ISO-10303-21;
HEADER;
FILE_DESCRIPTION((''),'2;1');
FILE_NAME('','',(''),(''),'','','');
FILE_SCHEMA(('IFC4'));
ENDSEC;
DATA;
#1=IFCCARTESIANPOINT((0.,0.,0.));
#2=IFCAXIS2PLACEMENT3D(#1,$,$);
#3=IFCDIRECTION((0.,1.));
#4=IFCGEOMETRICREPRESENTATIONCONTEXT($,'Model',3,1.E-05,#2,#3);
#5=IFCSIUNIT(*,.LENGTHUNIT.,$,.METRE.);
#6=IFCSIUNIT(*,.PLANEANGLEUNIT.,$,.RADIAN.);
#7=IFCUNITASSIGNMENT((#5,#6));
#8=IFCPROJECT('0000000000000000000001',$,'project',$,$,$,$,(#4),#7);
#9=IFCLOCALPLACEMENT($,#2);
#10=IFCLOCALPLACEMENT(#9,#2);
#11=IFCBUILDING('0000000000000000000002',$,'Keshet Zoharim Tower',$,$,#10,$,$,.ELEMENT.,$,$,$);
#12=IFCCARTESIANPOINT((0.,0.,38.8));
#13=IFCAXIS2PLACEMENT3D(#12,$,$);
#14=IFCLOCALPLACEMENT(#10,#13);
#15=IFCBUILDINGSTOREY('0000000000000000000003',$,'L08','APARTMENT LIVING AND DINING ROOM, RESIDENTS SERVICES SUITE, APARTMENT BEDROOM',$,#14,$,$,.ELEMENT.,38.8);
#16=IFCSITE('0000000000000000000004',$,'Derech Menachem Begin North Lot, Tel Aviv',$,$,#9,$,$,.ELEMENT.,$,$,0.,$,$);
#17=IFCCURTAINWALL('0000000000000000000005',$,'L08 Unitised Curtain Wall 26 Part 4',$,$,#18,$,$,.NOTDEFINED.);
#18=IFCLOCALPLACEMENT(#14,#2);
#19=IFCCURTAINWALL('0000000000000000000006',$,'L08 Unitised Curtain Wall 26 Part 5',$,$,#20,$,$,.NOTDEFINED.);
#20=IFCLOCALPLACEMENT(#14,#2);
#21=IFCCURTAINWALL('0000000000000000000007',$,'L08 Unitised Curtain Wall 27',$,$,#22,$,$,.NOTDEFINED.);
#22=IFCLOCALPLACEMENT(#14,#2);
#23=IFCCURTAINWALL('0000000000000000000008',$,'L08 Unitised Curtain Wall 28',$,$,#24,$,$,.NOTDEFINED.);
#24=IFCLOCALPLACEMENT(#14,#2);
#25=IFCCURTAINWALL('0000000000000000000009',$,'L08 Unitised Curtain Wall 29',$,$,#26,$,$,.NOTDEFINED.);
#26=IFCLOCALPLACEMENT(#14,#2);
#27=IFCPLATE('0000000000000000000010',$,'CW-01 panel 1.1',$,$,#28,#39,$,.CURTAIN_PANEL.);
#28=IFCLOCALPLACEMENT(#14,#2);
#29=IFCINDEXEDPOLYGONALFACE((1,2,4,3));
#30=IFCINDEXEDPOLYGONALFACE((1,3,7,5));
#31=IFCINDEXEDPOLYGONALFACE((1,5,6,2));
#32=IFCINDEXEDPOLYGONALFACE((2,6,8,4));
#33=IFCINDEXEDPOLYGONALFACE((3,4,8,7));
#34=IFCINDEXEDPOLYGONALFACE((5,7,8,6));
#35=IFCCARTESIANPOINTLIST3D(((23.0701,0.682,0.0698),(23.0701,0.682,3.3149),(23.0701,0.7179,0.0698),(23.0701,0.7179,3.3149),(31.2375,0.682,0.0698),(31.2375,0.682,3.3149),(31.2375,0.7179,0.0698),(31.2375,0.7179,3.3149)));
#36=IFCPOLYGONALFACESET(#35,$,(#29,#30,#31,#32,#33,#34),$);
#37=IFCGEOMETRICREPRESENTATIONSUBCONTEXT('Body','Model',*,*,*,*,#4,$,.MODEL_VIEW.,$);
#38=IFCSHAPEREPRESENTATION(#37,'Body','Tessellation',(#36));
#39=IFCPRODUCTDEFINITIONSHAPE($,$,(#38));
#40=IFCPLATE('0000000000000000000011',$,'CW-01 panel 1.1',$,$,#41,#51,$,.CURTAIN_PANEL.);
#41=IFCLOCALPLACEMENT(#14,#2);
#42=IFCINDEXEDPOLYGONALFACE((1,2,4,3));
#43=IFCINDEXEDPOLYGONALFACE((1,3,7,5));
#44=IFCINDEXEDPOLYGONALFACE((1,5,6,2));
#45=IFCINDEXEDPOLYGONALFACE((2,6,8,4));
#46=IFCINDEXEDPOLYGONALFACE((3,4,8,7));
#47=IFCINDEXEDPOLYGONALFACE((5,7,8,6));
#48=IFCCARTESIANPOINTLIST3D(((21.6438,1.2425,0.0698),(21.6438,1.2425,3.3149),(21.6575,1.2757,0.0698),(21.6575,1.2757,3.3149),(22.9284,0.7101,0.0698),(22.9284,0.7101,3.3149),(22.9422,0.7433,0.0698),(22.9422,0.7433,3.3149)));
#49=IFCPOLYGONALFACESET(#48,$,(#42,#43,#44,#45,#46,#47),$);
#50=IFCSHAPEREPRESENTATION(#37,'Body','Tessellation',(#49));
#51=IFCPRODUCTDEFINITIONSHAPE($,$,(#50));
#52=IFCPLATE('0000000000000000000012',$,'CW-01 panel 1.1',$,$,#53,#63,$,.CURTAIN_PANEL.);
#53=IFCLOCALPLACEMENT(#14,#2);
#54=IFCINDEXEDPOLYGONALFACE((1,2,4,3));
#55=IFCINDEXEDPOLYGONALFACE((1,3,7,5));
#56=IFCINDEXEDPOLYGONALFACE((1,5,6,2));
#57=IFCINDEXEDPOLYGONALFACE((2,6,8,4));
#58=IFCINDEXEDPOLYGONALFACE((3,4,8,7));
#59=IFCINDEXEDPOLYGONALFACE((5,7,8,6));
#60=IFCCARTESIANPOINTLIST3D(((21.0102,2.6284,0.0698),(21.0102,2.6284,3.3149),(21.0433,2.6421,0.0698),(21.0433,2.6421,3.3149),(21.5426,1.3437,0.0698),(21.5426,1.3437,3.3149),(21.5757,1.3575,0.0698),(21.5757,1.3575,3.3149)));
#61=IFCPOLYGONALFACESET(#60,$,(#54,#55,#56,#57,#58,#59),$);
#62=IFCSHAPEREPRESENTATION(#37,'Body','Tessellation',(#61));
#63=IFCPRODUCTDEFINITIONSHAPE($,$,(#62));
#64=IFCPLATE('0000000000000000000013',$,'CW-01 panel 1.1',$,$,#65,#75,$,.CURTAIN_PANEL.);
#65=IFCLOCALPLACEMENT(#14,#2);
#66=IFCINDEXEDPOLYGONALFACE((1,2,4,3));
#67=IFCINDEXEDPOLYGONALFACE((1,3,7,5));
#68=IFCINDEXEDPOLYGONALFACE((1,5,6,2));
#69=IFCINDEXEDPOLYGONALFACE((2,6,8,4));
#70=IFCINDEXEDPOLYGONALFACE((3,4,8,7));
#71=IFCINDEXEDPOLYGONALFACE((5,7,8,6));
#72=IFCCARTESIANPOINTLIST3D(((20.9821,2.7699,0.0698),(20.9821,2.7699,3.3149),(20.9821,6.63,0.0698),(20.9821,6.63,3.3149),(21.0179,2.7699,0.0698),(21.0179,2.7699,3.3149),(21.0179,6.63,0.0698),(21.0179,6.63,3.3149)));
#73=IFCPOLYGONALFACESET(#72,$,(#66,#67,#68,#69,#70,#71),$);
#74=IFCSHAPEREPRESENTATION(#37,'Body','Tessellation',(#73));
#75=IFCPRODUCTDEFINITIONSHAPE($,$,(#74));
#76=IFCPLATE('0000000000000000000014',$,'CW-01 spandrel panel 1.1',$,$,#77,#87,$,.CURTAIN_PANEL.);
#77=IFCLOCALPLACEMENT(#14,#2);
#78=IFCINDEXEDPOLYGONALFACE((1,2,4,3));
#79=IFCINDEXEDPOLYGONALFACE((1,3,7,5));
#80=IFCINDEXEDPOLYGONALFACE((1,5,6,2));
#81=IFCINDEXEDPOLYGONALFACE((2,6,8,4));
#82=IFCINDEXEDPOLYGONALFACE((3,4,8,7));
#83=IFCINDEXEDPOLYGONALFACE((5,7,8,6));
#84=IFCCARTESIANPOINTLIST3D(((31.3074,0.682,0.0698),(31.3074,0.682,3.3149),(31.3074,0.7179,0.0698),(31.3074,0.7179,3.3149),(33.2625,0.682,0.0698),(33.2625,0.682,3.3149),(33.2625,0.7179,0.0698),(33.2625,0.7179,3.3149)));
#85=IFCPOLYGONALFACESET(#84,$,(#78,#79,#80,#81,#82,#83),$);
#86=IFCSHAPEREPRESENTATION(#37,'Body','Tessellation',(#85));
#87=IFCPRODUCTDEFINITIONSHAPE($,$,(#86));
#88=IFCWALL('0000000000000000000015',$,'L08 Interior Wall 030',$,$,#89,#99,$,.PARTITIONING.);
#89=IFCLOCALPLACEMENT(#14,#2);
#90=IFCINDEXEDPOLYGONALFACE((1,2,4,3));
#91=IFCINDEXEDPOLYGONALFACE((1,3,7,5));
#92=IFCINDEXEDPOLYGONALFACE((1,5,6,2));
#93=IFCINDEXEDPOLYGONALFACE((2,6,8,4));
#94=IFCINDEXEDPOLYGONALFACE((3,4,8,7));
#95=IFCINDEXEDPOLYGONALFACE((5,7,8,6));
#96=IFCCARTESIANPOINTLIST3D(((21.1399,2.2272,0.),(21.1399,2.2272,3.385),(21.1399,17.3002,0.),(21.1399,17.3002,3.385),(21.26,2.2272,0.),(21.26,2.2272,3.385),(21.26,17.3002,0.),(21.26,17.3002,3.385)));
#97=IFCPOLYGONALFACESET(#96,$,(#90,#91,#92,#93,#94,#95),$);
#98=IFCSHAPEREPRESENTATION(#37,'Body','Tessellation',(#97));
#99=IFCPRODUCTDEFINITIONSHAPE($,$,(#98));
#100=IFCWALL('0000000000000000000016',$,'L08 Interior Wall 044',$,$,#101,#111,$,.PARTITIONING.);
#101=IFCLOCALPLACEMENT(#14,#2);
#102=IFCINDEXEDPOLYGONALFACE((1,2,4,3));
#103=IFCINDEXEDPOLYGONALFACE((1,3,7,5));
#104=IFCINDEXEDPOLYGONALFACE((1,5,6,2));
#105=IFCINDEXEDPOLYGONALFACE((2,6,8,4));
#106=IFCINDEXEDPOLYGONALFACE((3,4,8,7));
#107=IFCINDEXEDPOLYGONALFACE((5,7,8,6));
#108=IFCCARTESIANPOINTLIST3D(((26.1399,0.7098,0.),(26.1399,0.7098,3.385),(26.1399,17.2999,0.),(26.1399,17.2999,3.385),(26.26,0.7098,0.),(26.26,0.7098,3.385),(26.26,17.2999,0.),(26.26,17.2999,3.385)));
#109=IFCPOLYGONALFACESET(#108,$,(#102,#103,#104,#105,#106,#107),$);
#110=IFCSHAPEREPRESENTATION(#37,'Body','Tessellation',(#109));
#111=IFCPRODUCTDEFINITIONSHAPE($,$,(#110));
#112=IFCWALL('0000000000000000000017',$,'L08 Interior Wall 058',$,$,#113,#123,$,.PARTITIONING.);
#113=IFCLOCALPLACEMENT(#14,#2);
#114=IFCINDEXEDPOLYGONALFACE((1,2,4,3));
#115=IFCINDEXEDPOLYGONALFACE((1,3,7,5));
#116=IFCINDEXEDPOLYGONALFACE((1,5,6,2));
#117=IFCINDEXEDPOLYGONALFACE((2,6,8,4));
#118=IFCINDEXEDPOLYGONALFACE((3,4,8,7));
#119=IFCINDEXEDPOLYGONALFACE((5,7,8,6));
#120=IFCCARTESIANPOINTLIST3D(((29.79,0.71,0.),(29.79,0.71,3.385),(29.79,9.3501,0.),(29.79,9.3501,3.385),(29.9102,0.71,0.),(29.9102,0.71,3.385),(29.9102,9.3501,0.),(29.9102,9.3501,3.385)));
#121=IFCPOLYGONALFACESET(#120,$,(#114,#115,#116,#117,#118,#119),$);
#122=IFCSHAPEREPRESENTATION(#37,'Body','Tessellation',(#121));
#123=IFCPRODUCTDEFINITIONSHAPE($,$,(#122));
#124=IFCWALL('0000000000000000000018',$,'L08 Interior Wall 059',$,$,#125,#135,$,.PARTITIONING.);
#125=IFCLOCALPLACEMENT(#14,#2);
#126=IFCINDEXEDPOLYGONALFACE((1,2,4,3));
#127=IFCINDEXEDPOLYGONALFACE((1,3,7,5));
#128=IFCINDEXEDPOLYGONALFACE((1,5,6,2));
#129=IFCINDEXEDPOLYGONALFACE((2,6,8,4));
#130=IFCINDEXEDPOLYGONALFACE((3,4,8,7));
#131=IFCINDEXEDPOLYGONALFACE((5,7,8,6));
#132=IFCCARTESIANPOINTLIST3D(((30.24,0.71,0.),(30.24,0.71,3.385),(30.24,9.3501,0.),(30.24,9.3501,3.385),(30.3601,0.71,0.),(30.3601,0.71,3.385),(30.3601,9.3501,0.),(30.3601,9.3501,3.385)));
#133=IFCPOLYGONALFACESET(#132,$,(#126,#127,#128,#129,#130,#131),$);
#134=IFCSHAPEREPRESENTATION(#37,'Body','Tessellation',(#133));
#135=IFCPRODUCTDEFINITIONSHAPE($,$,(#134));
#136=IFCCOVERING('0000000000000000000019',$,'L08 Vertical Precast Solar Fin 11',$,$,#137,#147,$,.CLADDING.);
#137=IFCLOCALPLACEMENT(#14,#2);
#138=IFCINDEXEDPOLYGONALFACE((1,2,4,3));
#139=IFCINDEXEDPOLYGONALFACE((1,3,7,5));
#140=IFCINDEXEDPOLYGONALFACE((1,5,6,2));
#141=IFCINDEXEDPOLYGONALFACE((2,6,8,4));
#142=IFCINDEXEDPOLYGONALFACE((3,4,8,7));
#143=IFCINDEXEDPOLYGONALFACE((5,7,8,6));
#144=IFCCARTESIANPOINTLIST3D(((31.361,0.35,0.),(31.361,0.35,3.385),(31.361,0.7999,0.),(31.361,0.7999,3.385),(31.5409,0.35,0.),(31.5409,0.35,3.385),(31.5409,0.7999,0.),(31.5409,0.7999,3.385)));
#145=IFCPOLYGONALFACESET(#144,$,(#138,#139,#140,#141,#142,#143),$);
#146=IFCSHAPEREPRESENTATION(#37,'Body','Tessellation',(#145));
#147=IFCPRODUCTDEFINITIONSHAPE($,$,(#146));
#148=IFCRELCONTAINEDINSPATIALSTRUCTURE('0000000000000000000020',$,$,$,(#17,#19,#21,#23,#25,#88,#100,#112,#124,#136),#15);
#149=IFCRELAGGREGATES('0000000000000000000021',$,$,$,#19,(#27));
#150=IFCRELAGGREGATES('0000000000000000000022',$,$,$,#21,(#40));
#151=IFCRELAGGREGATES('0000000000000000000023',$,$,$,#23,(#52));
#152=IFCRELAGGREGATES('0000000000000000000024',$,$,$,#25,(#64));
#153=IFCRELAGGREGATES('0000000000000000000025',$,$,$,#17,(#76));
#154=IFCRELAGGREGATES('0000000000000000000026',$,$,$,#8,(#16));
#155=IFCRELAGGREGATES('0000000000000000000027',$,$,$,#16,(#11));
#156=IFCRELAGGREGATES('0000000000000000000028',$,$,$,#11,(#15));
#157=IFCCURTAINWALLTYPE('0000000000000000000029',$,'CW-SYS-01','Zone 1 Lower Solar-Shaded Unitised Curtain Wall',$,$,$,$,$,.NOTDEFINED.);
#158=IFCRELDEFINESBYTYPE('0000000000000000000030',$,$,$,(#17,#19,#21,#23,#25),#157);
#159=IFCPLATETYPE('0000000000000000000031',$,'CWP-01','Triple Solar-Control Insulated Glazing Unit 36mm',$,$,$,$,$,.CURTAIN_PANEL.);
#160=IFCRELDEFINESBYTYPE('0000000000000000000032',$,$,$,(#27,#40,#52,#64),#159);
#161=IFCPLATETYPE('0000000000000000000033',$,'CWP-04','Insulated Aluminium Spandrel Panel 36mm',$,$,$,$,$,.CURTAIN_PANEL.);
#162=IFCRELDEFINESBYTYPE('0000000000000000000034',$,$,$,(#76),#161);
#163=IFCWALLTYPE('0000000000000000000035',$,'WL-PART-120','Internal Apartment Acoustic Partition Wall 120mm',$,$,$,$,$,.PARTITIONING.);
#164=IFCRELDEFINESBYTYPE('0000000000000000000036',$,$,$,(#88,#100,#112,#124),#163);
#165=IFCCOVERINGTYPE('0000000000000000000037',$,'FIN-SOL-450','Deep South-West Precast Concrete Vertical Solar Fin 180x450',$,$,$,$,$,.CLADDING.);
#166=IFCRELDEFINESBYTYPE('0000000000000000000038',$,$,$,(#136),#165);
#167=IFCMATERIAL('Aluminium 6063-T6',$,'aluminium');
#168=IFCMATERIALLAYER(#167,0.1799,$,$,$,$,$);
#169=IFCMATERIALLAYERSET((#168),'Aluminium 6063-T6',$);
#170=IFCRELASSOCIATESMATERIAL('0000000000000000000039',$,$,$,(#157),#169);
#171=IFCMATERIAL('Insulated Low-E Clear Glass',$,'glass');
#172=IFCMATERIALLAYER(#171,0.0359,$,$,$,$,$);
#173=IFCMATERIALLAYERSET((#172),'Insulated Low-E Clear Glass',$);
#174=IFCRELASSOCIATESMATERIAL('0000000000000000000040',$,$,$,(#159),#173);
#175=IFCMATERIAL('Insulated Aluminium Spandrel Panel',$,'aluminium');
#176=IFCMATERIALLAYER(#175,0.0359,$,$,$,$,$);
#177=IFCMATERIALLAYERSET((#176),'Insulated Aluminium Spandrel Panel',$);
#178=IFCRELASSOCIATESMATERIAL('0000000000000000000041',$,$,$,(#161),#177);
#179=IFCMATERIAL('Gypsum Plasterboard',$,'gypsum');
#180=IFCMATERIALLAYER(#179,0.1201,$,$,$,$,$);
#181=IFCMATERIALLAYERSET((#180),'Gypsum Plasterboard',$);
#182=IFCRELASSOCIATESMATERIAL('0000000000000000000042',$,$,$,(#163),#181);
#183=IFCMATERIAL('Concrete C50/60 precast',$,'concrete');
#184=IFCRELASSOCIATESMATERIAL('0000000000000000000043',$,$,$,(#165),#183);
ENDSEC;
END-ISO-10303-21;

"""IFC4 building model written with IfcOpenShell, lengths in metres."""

from ifc_helpers import new_model, si_unit, direction, frame, frame_2d, origin, origin_2d, place, context, subcontext, project, spatial, rectangle, extrude, material, layer, layer_set, type_object, element, aggregate, save


model = new_model("IFC4")

# Units and contexts
model_context = context("Model", 3, precision=1e-05, world=origin(), true_north=direction((0.0, 1.0)))
body_context = subcontext(model_context, "Body", "Model", "MODEL_VIEW")
ifc_project = project(units=[si_unit("LENGTHUNIT", "METRE"), si_unit("PLANEANGLEUNIT", "RADIAN")], contexts=[model_context])

# Site, building, storey
site_placement = place(None, origin())
site = spatial("IfcSite", under=ifc_project, at=site_placement, Name="Derech Menachem Begin North Lot, Tel Aviv", CompositionType="ELEMENT", RefElevation=0.0)
building_placement = place(site_placement, origin())
building = spatial("IfcBuilding", under=site, at=building_placement, Name="Keshet Zoharim Tower", CompositionType="ELEMENT")
storey_placement = place(building_placement, frame((0.0, 0.0, 38.8)))
storey = spatial("IfcBuildingStorey", under=building, at=storey_placement, Name="L08", Description="APARTMENT LIVING AND DINING ROOM, RESIDENTS SERVICES SUITE, APARTMENT BEDROOM", CompositionType="ELEMENT", Elevation=38.8)

# Curtain walls
ifc_material_1 = material(Name="Aluminium 6063-T6", Category="aluminium")
ifc_layer_1 = layer(ifc_material_1, 0.1799)
ifc_layer_set_1 = layer_set([ifc_layer_1], Name="Aluminium 6063-T6")
curtain_wall_type = type_object("IfcCurtainWallType", Name="CW-SYS-01", Description="Zone 1 Lower Solar-Shaded Unitised Curtain Wall", PredefinedType="NOTDEFINED", material=ifc_layer_set_1)
curtain_wall_1_placement = place(storey_placement, origin())
curtain_wall_1 = element("IfcCurtainWall", 1, at=curtain_wall_1_placement, inside=storey, type_object=curtain_wall_type, Name="L08 Unitised Curtain Wall 26 Part 4", PredefinedType="NOTDEFINED")
curtain_wall_2_placement = place(storey_placement, origin())
curtain_wall_2 = element("IfcCurtainWall", 2, at=curtain_wall_2_placement, inside=storey, type_object=curtain_wall_type, Name="L08 Unitised Curtain Wall 26 Part 5", PredefinedType="NOTDEFINED")

# Curtain walls
curtain_wall_3_placement = place(storey_placement, origin())
curtain_wall_3 = element("IfcCurtainWall", 3, at=curtain_wall_3_placement, inside=storey, type_object=curtain_wall_type, Name="L08 Unitised Curtain Wall 27", PredefinedType="NOTDEFINED")
curtain_wall_4_placement = place(storey_placement, origin())
curtain_wall_4 = element("IfcCurtainWall", 4, at=curtain_wall_4_placement, inside=storey, type_object=curtain_wall_type, Name="L08 Unitised Curtain Wall 28", PredefinedType="NOTDEFINED")
curtain_wall_5_placement = place(storey_placement, origin())
curtain_wall_5 = element("IfcCurtainWall", 5, at=curtain_wall_5_placement, inside=storey, type_object=curtain_wall_type, Name="L08 Unitised Curtain Wall 29", PredefinedType="NOTDEFINED")

# Plates
ifc_material_2 = material(Name="Insulated Low-E Clear Glass", Category="glass")
ifc_layer_2 = layer(ifc_material_2, 0.0359)
ifc_layer_set_2 = layer_set([ifc_layer_2], Name="Insulated Low-E Clear Glass")
plate_type_1 = type_object("IfcPlateType", Name="CWP-01", Description="Triple Solar-Control Insulated Glazing Unit 36mm", PredefinedType="CURTAIN_PANEL", material=ifc_layer_set_2)
plate_1_placement = place(storey_placement, frame((27.1538, 0.7, 0.0698), z_axis=(0.0, 0.0, 1.0), x_axis=(-1.0, 0.0, 0.0)))
plate_1 = element("IfcPlate", 6, at=plate_1_placement, type_object=plate_type_1, Name="CW-01 panel 1.1", PredefinedType="CURTAIN_PANEL", context=body_context, shape_type="SweptSolid", body=[
    extrude(rectangle(XDim=8.1675, YDim=0.0359, at=origin_2d()), origin(), (0.0, 0.0, 1.0), 3.2451),
])
aggregate(curtain_wall_2, [plate_1])
plate_2_placement = place(storey_placement, frame((22.293, 0.9929, 0.0698), z_axis=(0.0, 0.0, 1.0), x_axis=(-0.92381, 0.382852, 0.0)))
plate_2 = element("IfcPlate", 7, at=plate_2_placement, type_object=plate_type_1, Name="CW-01 panel 1.1", PredefinedType="CURTAIN_PANEL", context=body_context, shape_type="SweptSolid", body=[
    extrude(rectangle(XDim=1.3906, YDim=0.0359, at=origin_2d()), origin(), (0.0, 0.0, 1.0), 3.2451),
])
aggregate(curtain_wall_3, [plate_2])
plate_3_placement = place(storey_placement, frame((21.293, 1.9929, 0.0698), z_axis=(0.0, 0.0, 1.0), x_axis=(-0.382852, 0.92381, 0.0)))
plate_3 = element("IfcPlate", 8, at=plate_3_placement, type_object=plate_type_1, Name="CW-01 panel 1.1", PredefinedType="CURTAIN_PANEL", context=body_context, shape_type="SweptSolid", body=[
    extrude(rectangle(XDim=1.3906, YDim=0.0359, at=origin_2d()), origin(), (0.0, 0.0, 1.0), 3.2451),
])
aggregate(curtain_wall_4, [plate_3])
plate_4_placement = place(storey_placement, frame((21.0, 4.7, 0.0698), z_axis=(0.0, 0.0, 1.0), x_axis=(0.0, 1.0, 0.0)))
plate_4 = element("IfcPlate", 9, at=plate_4_placement, type_object=plate_type_1, Name="CW-01 panel 1.1", PredefinedType="CURTAIN_PANEL", context=body_context, shape_type="SweptSolid", body=[
    extrude(rectangle(XDim=3.8601, YDim=0.0359, at=origin_2d()), origin(), (0.0, 0.0, 1.0), 3.2451),
])
aggregate(curtain_wall_5, [plate_4])
ifc_material_3 = material(Name="Insulated Aluminium Spandrel Panel", Category="aluminium")
ifc_layer_3 = layer(ifc_material_3, 0.0359)
ifc_layer_set_3 = layer_set([ifc_layer_3], Name="Insulated Aluminium Spandrel Panel")
plate_type_2 = type_object("IfcPlateType", Name="CWP-04", Description="Insulated Aluminium Spandrel Panel 36mm", PredefinedType="CURTAIN_PANEL", material=ifc_layer_set_3)
plate_5_placement = place(storey_placement, frame((32.2849, 0.7, 0.0698), z_axis=(0.0, 0.0, 1.0), x_axis=(-1.0, 0.0, 0.0)))
plate_5 = element("IfcPlate", 10, at=plate_5_placement, type_object=plate_type_2, Name="CW-01 spandrel panel 1.1", PredefinedType="CURTAIN_PANEL", context=body_context, shape_type="SweptSolid", body=[
    extrude(rectangle(XDim=1.9551, YDim=0.0359, at=origin_2d()), origin(), (0.0, 0.0, 1.0), 3.2451),
])
aggregate(curtain_wall_1, [plate_5])

# Walls
ifc_material_4 = material(Name="Gypsum Plasterboard", Category="gypsum")
ifc_layer_4 = layer(ifc_material_4, 0.1201)
ifc_layer_set_4 = layer_set([ifc_layer_4], Name="Gypsum Plasterboard")
wall_type = type_object("IfcWallType", Name="WL-PART-120", Description="Internal Apartment Acoustic Partition Wall 120mm", PredefinedType="PARTITIONING", material=ifc_layer_set_4)
wall_1_placement = place(storey_placement, frame((21.2, 2.2271, 0.0), z_axis=(0.0, 0.0, 1.0), x_axis=(0.0, 1.0, 0.0)))
element("IfcWall", 11, at=wall_1_placement, inside=storey, type_object=wall_type, Name="L08 Interior Wall 030", PredefinedType="PARTITIONING", context=body_context, shape_type="SweptSolid", body=[
    extrude(rectangle(XDim=15.073, YDim=0.1201, at=frame_2d((7.5366, 0.0))), origin(), (0.0, 0.0, 1.0), 3.385),
])
wall_2_placement = place(storey_placement, frame((26.2, 0.71, 0.0), z_axis=(0.0, 0.0, 1.0), x_axis=(0.0, 1.0, 0.0)))
element("IfcWall", 12, at=wall_2_placement, inside=storey, type_object=wall_type, Name="L08 Interior Wall 044", PredefinedType="PARTITIONING", context=body_context, shape_type="SweptSolid", body=[
    extrude(rectangle(XDim=16.5901, YDim=0.1201, at=frame_2d((8.2949, 0.0))), origin(), (0.0, 0.0, 1.0), 3.385),
])
for number, where, z_axis, x_axis, name in (
    (13, (29.8501, 0.71, 0.0), (0.0, 0.0, 1.0), (0.0, 1.0, 0.0), "L08 Interior Wall 058"),
    (14, (30.3, 0.71, 0.0), (0.0, 0.0, 1.0), (0.0, 1.0, 0.0), "L08 Interior Wall 059"),
):
    element("IfcWall", number, at=place(storey_placement, frame(where, z_axis=z_axis, x_axis=x_axis)), inside=storey, type_object=wall_type, Name=name, PredefinedType="PARTITIONING", context=body_context, shape_type="SweptSolid", body=[
        extrude(rectangle(XDim=8.6401, YDim=0.1201, at=frame_2d((4.3201, 0.0))), origin(), (0.0, 0.0, 1.0), 3.385),
    ])

# Covering
ifc_material_5 = material(Name="Concrete C50/60 precast", Category="concrete")
covering_type = type_object("IfcCoveringType", Name="FIN-SOL-450", Description="Deep South-West Precast Concrete Vertical Solar Fin 180x450", PredefinedType="CLADDING", material=ifc_material_5)
covering_placement = place(storey_placement, frame((31.4509, 0.575, 0.0), z_axis=(0.0, 0.0, 1.0), x_axis=(-1.0, 0.0, 0.0)))
element("IfcCovering", 15, at=covering_placement, inside=storey, type_object=covering_type, Name="L08 Vertical Precast Solar Fin 11", PredefinedType="CLADDING", context=body_context, shape_type="SweptSolid", body=[
    extrude(rectangle(XDim=0.1799, YDim=0.45, at=origin_2d()), origin(), (0.0, 0.0, 1.0), 3.385),
])

save(model, "model.ifc")
